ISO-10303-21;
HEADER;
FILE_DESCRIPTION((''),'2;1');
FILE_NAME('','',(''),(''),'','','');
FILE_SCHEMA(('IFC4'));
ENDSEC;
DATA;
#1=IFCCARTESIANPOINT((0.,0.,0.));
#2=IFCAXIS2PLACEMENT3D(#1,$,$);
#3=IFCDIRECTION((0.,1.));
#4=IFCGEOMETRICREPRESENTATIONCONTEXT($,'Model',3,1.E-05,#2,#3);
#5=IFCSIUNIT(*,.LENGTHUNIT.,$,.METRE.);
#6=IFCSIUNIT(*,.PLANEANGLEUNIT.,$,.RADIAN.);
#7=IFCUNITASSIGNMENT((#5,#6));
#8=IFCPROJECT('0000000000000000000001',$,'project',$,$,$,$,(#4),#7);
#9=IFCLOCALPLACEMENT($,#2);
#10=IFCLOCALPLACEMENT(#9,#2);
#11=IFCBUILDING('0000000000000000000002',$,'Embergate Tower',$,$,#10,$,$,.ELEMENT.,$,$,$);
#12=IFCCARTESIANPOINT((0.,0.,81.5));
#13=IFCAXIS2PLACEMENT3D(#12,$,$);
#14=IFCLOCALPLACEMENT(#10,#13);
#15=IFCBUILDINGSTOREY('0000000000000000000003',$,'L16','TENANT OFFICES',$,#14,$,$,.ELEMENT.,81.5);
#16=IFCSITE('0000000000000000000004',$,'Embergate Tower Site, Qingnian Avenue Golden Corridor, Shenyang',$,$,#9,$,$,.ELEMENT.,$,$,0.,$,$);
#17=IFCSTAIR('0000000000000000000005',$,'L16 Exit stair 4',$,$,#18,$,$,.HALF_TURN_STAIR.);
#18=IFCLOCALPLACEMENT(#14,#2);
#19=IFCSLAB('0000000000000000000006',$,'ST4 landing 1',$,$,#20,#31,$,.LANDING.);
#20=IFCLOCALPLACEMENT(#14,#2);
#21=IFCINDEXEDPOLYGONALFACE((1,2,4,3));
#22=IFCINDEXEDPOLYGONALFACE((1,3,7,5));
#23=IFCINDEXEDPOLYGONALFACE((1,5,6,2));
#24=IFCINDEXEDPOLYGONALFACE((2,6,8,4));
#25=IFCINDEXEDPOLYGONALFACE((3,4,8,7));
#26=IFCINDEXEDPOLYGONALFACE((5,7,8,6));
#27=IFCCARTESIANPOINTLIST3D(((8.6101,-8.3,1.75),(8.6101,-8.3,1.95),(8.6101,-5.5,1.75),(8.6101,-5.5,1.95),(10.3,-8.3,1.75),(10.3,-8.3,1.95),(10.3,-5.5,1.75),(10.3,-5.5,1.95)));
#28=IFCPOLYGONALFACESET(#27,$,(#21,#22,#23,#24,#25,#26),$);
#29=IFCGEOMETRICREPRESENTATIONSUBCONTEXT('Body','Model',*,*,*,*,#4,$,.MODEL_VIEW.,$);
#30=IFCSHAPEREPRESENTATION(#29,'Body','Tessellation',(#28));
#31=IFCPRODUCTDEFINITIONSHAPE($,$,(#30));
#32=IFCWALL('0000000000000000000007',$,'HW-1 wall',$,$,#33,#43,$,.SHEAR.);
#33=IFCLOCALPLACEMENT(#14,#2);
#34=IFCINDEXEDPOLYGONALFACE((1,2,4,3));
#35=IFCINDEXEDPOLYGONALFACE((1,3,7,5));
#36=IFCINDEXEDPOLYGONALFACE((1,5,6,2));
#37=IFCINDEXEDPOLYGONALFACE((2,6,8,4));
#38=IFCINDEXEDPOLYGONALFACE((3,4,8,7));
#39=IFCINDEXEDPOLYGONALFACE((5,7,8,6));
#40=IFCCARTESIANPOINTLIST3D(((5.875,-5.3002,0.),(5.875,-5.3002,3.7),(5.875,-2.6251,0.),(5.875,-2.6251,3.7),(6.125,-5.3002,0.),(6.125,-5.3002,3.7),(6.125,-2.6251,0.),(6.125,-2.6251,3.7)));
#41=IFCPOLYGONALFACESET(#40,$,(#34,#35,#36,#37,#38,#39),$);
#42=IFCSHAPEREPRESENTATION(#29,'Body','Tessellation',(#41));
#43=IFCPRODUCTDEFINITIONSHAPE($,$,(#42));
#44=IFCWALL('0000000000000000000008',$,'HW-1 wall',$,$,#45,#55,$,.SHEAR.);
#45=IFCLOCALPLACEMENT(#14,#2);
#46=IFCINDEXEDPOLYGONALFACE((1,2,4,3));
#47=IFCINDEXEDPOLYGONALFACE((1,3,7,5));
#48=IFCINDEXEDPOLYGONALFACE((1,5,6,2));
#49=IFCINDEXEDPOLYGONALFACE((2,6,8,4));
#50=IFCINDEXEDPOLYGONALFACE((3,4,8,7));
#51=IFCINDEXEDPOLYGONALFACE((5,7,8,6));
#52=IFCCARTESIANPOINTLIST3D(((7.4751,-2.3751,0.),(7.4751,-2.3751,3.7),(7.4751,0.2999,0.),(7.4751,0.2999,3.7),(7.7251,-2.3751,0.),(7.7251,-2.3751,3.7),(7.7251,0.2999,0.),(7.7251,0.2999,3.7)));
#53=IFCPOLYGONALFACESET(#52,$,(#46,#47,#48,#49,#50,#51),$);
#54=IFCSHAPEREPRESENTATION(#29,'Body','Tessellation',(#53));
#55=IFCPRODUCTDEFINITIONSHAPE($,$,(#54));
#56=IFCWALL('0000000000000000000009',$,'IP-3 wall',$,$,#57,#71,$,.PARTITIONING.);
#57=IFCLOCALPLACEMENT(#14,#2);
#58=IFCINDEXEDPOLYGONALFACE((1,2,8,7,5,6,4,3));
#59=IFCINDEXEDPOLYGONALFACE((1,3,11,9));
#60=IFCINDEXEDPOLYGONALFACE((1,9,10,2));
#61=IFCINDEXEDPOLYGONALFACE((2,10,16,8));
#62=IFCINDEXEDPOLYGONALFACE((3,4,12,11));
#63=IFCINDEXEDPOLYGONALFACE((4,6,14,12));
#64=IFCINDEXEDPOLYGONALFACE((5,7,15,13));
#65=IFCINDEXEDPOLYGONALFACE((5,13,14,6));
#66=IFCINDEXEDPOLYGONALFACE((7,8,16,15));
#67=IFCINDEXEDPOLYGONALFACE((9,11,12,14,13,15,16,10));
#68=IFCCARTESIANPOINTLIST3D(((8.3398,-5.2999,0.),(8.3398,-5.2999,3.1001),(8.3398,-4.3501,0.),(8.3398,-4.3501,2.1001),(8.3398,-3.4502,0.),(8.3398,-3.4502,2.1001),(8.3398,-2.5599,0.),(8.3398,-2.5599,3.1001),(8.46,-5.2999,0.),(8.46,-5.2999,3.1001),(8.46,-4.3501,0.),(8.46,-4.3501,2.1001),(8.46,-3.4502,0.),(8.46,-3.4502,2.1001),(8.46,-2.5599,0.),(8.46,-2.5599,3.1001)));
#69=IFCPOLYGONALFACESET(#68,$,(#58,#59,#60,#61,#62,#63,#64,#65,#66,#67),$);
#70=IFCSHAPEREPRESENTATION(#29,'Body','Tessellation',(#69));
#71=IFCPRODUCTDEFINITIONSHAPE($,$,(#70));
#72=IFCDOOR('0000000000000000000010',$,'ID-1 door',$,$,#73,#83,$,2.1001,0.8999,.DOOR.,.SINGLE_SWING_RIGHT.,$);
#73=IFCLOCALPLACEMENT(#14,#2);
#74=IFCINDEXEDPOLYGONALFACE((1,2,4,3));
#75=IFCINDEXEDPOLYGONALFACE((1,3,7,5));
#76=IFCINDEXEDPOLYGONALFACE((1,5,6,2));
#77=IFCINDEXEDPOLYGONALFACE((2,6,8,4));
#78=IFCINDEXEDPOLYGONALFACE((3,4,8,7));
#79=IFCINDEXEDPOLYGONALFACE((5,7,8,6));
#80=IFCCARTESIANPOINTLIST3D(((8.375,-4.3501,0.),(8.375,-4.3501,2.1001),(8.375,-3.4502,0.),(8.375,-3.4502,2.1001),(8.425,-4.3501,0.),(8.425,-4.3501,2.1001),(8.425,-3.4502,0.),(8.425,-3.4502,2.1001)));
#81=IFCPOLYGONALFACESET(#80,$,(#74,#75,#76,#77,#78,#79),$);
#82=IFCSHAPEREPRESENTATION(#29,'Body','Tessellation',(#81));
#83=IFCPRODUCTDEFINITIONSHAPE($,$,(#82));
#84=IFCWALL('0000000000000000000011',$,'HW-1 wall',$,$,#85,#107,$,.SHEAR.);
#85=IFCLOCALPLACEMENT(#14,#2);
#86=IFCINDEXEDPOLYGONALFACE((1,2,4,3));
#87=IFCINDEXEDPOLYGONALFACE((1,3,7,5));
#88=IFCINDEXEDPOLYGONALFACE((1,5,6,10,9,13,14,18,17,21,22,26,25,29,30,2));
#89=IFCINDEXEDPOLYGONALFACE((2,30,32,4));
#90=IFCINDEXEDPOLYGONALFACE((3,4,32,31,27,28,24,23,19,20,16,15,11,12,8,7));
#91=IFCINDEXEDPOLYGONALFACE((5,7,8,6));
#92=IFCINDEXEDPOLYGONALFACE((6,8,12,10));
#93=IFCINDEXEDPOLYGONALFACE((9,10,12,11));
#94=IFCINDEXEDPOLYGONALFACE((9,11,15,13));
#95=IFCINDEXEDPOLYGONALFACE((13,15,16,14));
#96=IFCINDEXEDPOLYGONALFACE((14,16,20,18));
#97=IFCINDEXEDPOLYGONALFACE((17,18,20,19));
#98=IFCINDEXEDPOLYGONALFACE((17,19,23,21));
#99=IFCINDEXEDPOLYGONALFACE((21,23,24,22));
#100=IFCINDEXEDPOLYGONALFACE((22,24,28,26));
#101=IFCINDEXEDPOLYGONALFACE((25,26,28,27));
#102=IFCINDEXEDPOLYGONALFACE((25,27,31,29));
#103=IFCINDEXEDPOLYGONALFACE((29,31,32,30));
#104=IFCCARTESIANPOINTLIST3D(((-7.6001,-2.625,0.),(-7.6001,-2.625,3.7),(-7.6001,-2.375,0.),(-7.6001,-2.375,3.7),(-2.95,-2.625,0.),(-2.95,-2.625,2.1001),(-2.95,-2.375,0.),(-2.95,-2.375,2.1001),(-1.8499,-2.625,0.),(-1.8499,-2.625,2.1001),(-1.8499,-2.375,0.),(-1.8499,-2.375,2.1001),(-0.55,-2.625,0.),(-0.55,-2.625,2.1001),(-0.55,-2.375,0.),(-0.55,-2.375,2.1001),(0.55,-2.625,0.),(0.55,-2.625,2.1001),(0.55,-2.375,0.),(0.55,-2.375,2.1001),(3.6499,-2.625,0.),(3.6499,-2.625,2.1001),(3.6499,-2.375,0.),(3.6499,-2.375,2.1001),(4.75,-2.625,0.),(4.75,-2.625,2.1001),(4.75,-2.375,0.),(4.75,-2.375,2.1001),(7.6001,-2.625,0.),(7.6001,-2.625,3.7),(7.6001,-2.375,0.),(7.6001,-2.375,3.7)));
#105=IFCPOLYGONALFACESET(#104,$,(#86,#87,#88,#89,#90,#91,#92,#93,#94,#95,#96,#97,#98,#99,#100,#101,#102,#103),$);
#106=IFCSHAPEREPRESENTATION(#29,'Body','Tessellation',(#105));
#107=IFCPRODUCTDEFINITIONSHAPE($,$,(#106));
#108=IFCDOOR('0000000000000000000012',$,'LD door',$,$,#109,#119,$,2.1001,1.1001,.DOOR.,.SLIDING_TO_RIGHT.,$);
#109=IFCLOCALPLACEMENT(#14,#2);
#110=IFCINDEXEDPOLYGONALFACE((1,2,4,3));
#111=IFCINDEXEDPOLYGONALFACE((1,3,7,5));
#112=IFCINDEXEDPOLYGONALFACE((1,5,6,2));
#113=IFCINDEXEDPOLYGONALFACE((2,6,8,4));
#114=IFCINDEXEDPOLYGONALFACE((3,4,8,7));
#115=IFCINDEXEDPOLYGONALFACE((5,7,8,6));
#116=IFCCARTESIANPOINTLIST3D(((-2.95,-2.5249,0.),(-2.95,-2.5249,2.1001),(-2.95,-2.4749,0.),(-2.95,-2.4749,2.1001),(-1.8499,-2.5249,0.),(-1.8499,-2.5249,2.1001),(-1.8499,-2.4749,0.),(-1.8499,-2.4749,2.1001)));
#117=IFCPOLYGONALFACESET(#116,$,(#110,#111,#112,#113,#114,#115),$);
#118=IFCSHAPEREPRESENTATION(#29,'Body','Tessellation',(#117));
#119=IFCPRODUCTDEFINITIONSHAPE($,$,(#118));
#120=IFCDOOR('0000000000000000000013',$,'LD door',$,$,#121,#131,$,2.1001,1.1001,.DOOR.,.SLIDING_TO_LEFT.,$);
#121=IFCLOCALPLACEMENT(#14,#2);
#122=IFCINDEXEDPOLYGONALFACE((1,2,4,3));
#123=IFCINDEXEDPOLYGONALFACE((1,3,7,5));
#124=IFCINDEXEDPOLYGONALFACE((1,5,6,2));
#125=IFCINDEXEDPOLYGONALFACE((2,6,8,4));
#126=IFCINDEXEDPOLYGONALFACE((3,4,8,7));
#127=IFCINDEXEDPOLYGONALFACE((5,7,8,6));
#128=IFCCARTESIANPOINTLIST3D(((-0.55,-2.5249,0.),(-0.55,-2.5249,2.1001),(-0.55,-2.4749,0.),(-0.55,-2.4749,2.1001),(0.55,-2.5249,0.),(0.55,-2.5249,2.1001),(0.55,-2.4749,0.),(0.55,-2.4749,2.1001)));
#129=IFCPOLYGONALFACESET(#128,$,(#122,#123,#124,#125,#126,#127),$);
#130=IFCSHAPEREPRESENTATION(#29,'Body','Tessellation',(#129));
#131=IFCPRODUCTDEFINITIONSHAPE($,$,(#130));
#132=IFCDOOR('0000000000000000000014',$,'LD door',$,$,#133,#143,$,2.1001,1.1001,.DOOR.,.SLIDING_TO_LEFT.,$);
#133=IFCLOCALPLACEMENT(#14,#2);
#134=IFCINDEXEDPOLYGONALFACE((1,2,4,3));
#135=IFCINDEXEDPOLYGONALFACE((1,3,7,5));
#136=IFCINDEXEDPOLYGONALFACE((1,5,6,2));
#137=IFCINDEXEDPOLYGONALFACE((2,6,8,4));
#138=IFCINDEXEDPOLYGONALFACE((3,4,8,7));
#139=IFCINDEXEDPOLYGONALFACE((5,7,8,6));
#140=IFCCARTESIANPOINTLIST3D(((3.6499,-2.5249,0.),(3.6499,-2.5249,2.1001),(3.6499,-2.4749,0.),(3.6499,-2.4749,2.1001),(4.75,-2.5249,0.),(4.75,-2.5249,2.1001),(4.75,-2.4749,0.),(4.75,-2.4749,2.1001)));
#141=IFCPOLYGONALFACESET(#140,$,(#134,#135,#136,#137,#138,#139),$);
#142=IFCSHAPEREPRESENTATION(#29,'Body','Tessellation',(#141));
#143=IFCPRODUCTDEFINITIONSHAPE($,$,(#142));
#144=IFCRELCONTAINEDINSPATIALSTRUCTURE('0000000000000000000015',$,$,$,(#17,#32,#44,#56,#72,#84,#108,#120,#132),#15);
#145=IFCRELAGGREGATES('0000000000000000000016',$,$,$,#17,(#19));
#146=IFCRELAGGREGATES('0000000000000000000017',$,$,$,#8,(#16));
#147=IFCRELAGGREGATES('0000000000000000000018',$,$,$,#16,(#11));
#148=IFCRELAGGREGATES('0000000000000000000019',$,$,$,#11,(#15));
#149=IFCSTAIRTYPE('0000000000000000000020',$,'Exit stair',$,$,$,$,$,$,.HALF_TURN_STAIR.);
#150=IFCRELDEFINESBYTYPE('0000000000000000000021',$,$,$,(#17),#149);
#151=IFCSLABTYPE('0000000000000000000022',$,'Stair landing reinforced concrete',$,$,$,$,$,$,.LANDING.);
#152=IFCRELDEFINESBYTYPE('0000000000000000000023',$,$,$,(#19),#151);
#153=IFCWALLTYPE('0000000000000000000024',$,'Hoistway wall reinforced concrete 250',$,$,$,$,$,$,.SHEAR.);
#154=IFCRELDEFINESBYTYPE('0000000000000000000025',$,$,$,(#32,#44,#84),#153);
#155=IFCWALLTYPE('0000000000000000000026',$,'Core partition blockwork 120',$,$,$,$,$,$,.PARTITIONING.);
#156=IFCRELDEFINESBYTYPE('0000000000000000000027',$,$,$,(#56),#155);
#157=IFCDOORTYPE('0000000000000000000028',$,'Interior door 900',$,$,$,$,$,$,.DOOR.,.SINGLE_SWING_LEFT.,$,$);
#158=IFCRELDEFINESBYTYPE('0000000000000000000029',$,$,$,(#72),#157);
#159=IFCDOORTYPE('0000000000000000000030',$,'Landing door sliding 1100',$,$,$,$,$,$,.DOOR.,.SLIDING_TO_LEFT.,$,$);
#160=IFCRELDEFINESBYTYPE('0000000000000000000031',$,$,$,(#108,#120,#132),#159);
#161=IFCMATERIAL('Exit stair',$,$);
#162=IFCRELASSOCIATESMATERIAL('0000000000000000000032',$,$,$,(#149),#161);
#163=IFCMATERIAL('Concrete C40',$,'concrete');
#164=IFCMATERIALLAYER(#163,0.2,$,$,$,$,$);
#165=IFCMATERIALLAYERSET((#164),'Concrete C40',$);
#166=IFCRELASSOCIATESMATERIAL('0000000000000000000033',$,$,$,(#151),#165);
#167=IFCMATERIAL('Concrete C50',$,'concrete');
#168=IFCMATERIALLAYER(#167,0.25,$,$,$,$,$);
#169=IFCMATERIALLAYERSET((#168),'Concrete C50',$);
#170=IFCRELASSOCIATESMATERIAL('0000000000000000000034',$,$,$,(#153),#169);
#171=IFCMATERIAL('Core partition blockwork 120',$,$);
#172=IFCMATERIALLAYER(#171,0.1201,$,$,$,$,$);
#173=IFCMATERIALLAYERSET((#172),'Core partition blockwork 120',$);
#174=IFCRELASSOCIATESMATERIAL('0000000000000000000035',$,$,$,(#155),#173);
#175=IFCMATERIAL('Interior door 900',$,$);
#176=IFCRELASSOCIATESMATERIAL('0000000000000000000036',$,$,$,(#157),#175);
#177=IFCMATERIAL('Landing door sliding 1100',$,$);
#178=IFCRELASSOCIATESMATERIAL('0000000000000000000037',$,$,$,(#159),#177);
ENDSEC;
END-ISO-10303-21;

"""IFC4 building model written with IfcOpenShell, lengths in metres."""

from ifc_helpers import new_model, si_unit, direction, frame, frame_2d, origin, place, context, subcontext, project, spatial, polyline, rectangle, outline, extrude, source, transform, mapped, material, layer, layer_set, type_object, element, fill, aggregate, save


model = new_model("IFC4")

# Units and contexts
model_context = context("Model", 3, precision=1e-05, world=origin(), true_north=direction((0.0, 1.0)))
body_context = subcontext(model_context, "Body", "Model", "MODEL_VIEW")
ifc_project = project(units=[si_unit("LENGTHUNIT", "METRE"), si_unit("PLANEANGLEUNIT", "RADIAN")], contexts=[model_context])

# Site, building, storey
site_placement = place(None, origin())
site = spatial("IfcSite", under=ifc_project, at=site_placement, Name="Embergate Tower Site, Qingnian Avenue Golden Corridor, Shenyang", CompositionType="ELEMENT", RefElevation=0.0)
building_placement = place(site_placement, origin())
building = spatial("IfcBuilding", under=site, at=building_placement, Name="Embergate Tower", CompositionType="ELEMENT")
storey_placement = place(building_placement, frame((0.0, 0.0, 81.5)))
storey = spatial("IfcBuildingStorey", under=building, at=storey_placement, Name="L16", Description="TENANT OFFICES", CompositionType="ELEMENT", Elevation=81.5)

# Stair, slab
ifc_material_1 = material(Name="Exit stair")
stair_type = type_object("IfcStairType", Name="Exit stair", PredefinedType="HALF_TURN_STAIR", material=ifc_material_1)
stair_placement = place(storey_placement, origin())
stair = element("IfcStair", 1, at=stair_placement, inside=storey, type_object=stair_type, Name="L16 Exit stair 4", PredefinedType="HALF_TURN_STAIR")
ifc_material_2 = material(Name="Concrete C40", Category="concrete")
ifc_layer_1 = layer(ifc_material_2, 0.2)
ifc_layer_set_1 = layer_set([ifc_layer_1], Name="Concrete C40")
slab_type = type_object("IfcSlabType", Name="Stair landing reinforced concrete", PredefinedType="LANDING", material=ifc_layer_set_1)
shared_shape_1 = source(origin(), body_context, "Body", "SweptSolid", [
    extrude(outline(polyline([(0.0, 0.0), (1.6899, 0.0), (1.6899, 2.8), (0.0, 2.8), (0.0, 0.0)])), origin(), (0.0, 0.0, 1.0), 0.2),
])
slab_placement = place(storey_placement, frame((8.6101, -8.3, 1.75)))
slab = element("IfcSlab", 2, at=slab_placement, type_object=slab_type, Name="ST4 landing 1", PredefinedType="LANDING", context=body_context, shape_type="MappedRepresentation", body=[
    mapped(shared_shape_1, transform((0.0, 0.0, 0.0))),
])

# Walls
ifc_material_3 = material(Name="Concrete C50", Category="concrete")
ifc_layer_2 = layer(ifc_material_3, 0.25)
ifc_layer_set_2 = layer_set([ifc_layer_2], Name="Concrete C50")
wall_type_1 = type_object("IfcWallType", Name="Hoistway wall reinforced concrete 250", PredefinedType="SHEAR", material=ifc_layer_set_2)
shared_shape_2 = source(origin(), body_context, "Body", "SweptSolid", [
    extrude(rectangle(XDim=2.675, YDim=0.25, at=frame_2d((1.3374, 0.0))), origin(), (0.0, 0.0, 1.0), 3.7),
])
for number, where, z_axis, x_axis, name in (
    (3, (6.0, -5.3, 0.0), (0.0, 0.0, 1.0), (0.0, 1.0, 0.0), "HW-1 wall"),
    (4, (7.6001, -2.375, 0.0), (0.0, 0.0, 1.0), (0.0, 1.0, 0.0), "HW-1 wall"),
):
    element("IfcWall", number, at=place(storey_placement, frame(where, z_axis=z_axis, x_axis=x_axis)), inside=storey, type_object=wall_type_1, Name=name, PredefinedType="SHEAR", context=body_context, shape_type="MappedRepresentation", body=[
        mapped(shared_shape_2, transform((0.0, 0.0, 0.0))),
    ])

# Wall, opening, door
ifc_material_4 = material(Name="Core partition blockwork 120")
ifc_layer_3 = layer(ifc_material_4, 0.1201)
ifc_layer_set_3 = layer_set([ifc_layer_3], Name="Core partition blockwork 120")
wall_type_2 = type_object("IfcWallType", Name="Core partition blockwork 120", PredefinedType="PARTITIONING", material=ifc_layer_set_3)
shared_shape_3 = source(origin(), body_context, "Body", "SweptSolid", [
    extrude(rectangle(XDim=2.74, YDim=0.1201, at=frame_2d((1.3701, 0.0))), origin(), (0.0, 0.0, 1.0), 3.1001),
])
wall_1_placement = place(storey_placement, frame((8.3999, -5.3, 0.0), z_axis=(0.0, 0.0, 1.0), x_axis=(0.0, 1.0, 0.0)))
wall_1 = element("IfcWall", 5, at=wall_1_placement, inside=storey, type_object=wall_type_2, Name="IP-3 wall", PredefinedType="PARTITIONING", context=body_context, shape_type="MappedRepresentation", body=[
    mapped(shared_shape_3, transform((0.0, 0.0, 0.0))),
])
shared_shape_4 = source(origin(), body_context, "Body", "SweptSolid", [
    extrude(rectangle(XDim=0.8999, YDim=2.1001, at=frame_2d((0.45, 1.05))), frame((0.0, 0.0701, 0.0), z_axis=(0.0, -1.0, 0.0), x_axis=(1.0, 0.0, 0.0)), (0.0, 0.0, 1.0), 0.1401),
])
opening_1_placement = place(wall_1_placement, frame((0.95, 0.0, 0.0)))
opening_1 = element("IfcOpeningElement", 6, at=opening_1_placement, cuts=wall_1, PredefinedType="OPENING", context=body_context, shape_type="MappedRepresentation", body=[
    mapped(shared_shape_4, transform((0.0, 0.0, 0.0))),
])
ifc_material_5 = material(Name="Interior door 900")
door_type_1 = type_object("IfcDoorType", Name="Interior door 900", OperationType="SINGLE_SWING_LEFT", PredefinedType="DOOR", material=ifc_material_5)
shared_shape_5 = source(origin(), body_context, "Body", "SweptSolid", [
    extrude(rectangle(XDim=0.8999, YDim=2.1001, at=frame_2d((0.45, 1.05))), frame((0.0, 0.0249, 0.0), z_axis=(0.0, -1.0, 0.0), x_axis=(1.0, 0.0, 0.0)), (0.0, 0.0, 1.0), 0.05),
])
door_1_placement = place(opening_1_placement, origin())
door_1 = element("IfcDoor", 7, at=door_1_placement, inside=storey, type_object=door_type_1, Name="ID-1 door", OperationType="SINGLE_SWING_RIGHT", OverallHeight=2.1001, OverallWidth=0.8999, PredefinedType="DOOR", context=body_context, shape_type="MappedRepresentation", body=[
    mapped(shared_shape_5, transform((0.0, 0.0, 0.0))),
])
fill(opening_1, door_1)

# Wall, openings, doors
shared_shape_6 = source(origin(), body_context, "Body", "SweptSolid", [
    extrude(rectangle(XDim=15.2002, YDim=0.25, at=frame_2d((7.6001, 0.0))), origin(), (0.0, 0.0, 1.0), 3.7),
])
wall_2_placement = place(storey_placement, frame((7.6001, -2.5, 0.0), z_axis=(0.0, 0.0, 1.0), x_axis=(-1.0, 0.0, 0.0)))
wall_2 = element("IfcWall", 8, at=wall_2_placement, inside=storey, type_object=wall_type_1, Name="HW-1 wall", PredefinedType="SHEAR", context=body_context, shape_type="MappedRepresentation", body=[
    mapped(shared_shape_6, transform((0.0, 0.0, 0.0))),
])
shared_shape_7 = source(origin(), body_context, "Body", "SweptSolid", [
    extrude(rectangle(XDim=1.1001, YDim=2.1001, at=frame_2d((0.55, 1.05))), frame((0.0, 0.135, 0.0), z_axis=(0.0, -1.0, 0.0), x_axis=(1.0, 0.0, 0.0)), (0.0, 0.0, 1.0), 0.27),
])
opening_2_placement = place(wall_2_placement, frame((9.45, 0.0, 0.0)))
opening_2 = element("IfcOpeningElement", 9, at=opening_2_placement, cuts=wall_2, PredefinedType="OPENING", context=body_context, shape_type="MappedRepresentation", body=[
    mapped(shared_shape_7, transform((0.0, 0.0, 0.0))),
])
opening_3_placement = place(wall_2_placement, frame((7.05, 0.0, 0.0)))
opening_3 = element("IfcOpeningElement", 10, at=opening_3_placement, cuts=wall_2, PredefinedType="OPENING", context=body_context, shape_type="MappedRepresentation", body=[
    mapped(shared_shape_7, transform((0.0, 0.0, 0.0))),
])
opening_4_placement = place(wall_2_placement, frame((2.8501, 0.0, 0.0)))
opening_4 = element("IfcOpeningElement", 11, at=opening_4_placement, cuts=wall_2, PredefinedType="OPENING", context=body_context, shape_type="MappedRepresentation", body=[
    mapped(shared_shape_7, transform((0.0, 0.0, 0.0))),
])
ifc_material_6 = material(Name="Landing door sliding 1100")
door_type_2 = type_object("IfcDoorType", Name="Landing door sliding 1100", OperationType="SLIDING_TO_LEFT", PredefinedType="DOOR", material=ifc_material_6)
shared_shape_8 = source(origin(), body_context, "Body", "SweptSolid", [
    extrude(rectangle(XDim=1.1001, YDim=2.1001, at=frame_2d((0.55, 1.05))), frame((0.0, 0.0249, 0.0), z_axis=(0.0, -1.0, 0.0), x_axis=(1.0, 0.0, 0.0)), (0.0, 0.0, 1.0), 0.05),
])
door_2_placement = place(opening_2_placement, origin())
door_2 = element("IfcDoor", 12, at=door_2_placement, inside=storey, type_object=door_type_2, Name="LD door", OperationType="SLIDING_TO_RIGHT", OverallHeight=2.1001, OverallWidth=1.1001, PredefinedType="DOOR", context=body_context, shape_type="MappedRepresentation", body=[
    mapped(shared_shape_8, transform((0.0, 0.0, 0.0))),
])
fill(opening_2, door_2)
door_3_placement = place(opening_3_placement, origin())
door_3 = element("IfcDoor", 13, at=door_3_placement, inside=storey, type_object=door_type_2, Name="LD door", OperationType="SLIDING_TO_LEFT", OverallHeight=2.1001, OverallWidth=1.1001, PredefinedType="DOOR", context=body_context, shape_type="MappedRepresentation", body=[
    mapped(shared_shape_8, transform((0.0, 0.0, 0.0))),
])
fill(opening_3, door_3)
door_4_placement = place(opening_4_placement, origin())
door_4 = element("IfcDoor", 14, at=door_4_placement, inside=storey, type_object=door_type_2, Name="LD door", OperationType="SLIDING_TO_LEFT", OverallHeight=2.1001, OverallWidth=1.1001, PredefinedType="DOOR", context=body_context, shape_type="MappedRepresentation", body=[
    mapped(shared_shape_8, transform((0.0, 0.0, 0.0))),
])
fill(opening_4, door_4)

aggregate(stair, [slab])

save(model, "model.ifc")
